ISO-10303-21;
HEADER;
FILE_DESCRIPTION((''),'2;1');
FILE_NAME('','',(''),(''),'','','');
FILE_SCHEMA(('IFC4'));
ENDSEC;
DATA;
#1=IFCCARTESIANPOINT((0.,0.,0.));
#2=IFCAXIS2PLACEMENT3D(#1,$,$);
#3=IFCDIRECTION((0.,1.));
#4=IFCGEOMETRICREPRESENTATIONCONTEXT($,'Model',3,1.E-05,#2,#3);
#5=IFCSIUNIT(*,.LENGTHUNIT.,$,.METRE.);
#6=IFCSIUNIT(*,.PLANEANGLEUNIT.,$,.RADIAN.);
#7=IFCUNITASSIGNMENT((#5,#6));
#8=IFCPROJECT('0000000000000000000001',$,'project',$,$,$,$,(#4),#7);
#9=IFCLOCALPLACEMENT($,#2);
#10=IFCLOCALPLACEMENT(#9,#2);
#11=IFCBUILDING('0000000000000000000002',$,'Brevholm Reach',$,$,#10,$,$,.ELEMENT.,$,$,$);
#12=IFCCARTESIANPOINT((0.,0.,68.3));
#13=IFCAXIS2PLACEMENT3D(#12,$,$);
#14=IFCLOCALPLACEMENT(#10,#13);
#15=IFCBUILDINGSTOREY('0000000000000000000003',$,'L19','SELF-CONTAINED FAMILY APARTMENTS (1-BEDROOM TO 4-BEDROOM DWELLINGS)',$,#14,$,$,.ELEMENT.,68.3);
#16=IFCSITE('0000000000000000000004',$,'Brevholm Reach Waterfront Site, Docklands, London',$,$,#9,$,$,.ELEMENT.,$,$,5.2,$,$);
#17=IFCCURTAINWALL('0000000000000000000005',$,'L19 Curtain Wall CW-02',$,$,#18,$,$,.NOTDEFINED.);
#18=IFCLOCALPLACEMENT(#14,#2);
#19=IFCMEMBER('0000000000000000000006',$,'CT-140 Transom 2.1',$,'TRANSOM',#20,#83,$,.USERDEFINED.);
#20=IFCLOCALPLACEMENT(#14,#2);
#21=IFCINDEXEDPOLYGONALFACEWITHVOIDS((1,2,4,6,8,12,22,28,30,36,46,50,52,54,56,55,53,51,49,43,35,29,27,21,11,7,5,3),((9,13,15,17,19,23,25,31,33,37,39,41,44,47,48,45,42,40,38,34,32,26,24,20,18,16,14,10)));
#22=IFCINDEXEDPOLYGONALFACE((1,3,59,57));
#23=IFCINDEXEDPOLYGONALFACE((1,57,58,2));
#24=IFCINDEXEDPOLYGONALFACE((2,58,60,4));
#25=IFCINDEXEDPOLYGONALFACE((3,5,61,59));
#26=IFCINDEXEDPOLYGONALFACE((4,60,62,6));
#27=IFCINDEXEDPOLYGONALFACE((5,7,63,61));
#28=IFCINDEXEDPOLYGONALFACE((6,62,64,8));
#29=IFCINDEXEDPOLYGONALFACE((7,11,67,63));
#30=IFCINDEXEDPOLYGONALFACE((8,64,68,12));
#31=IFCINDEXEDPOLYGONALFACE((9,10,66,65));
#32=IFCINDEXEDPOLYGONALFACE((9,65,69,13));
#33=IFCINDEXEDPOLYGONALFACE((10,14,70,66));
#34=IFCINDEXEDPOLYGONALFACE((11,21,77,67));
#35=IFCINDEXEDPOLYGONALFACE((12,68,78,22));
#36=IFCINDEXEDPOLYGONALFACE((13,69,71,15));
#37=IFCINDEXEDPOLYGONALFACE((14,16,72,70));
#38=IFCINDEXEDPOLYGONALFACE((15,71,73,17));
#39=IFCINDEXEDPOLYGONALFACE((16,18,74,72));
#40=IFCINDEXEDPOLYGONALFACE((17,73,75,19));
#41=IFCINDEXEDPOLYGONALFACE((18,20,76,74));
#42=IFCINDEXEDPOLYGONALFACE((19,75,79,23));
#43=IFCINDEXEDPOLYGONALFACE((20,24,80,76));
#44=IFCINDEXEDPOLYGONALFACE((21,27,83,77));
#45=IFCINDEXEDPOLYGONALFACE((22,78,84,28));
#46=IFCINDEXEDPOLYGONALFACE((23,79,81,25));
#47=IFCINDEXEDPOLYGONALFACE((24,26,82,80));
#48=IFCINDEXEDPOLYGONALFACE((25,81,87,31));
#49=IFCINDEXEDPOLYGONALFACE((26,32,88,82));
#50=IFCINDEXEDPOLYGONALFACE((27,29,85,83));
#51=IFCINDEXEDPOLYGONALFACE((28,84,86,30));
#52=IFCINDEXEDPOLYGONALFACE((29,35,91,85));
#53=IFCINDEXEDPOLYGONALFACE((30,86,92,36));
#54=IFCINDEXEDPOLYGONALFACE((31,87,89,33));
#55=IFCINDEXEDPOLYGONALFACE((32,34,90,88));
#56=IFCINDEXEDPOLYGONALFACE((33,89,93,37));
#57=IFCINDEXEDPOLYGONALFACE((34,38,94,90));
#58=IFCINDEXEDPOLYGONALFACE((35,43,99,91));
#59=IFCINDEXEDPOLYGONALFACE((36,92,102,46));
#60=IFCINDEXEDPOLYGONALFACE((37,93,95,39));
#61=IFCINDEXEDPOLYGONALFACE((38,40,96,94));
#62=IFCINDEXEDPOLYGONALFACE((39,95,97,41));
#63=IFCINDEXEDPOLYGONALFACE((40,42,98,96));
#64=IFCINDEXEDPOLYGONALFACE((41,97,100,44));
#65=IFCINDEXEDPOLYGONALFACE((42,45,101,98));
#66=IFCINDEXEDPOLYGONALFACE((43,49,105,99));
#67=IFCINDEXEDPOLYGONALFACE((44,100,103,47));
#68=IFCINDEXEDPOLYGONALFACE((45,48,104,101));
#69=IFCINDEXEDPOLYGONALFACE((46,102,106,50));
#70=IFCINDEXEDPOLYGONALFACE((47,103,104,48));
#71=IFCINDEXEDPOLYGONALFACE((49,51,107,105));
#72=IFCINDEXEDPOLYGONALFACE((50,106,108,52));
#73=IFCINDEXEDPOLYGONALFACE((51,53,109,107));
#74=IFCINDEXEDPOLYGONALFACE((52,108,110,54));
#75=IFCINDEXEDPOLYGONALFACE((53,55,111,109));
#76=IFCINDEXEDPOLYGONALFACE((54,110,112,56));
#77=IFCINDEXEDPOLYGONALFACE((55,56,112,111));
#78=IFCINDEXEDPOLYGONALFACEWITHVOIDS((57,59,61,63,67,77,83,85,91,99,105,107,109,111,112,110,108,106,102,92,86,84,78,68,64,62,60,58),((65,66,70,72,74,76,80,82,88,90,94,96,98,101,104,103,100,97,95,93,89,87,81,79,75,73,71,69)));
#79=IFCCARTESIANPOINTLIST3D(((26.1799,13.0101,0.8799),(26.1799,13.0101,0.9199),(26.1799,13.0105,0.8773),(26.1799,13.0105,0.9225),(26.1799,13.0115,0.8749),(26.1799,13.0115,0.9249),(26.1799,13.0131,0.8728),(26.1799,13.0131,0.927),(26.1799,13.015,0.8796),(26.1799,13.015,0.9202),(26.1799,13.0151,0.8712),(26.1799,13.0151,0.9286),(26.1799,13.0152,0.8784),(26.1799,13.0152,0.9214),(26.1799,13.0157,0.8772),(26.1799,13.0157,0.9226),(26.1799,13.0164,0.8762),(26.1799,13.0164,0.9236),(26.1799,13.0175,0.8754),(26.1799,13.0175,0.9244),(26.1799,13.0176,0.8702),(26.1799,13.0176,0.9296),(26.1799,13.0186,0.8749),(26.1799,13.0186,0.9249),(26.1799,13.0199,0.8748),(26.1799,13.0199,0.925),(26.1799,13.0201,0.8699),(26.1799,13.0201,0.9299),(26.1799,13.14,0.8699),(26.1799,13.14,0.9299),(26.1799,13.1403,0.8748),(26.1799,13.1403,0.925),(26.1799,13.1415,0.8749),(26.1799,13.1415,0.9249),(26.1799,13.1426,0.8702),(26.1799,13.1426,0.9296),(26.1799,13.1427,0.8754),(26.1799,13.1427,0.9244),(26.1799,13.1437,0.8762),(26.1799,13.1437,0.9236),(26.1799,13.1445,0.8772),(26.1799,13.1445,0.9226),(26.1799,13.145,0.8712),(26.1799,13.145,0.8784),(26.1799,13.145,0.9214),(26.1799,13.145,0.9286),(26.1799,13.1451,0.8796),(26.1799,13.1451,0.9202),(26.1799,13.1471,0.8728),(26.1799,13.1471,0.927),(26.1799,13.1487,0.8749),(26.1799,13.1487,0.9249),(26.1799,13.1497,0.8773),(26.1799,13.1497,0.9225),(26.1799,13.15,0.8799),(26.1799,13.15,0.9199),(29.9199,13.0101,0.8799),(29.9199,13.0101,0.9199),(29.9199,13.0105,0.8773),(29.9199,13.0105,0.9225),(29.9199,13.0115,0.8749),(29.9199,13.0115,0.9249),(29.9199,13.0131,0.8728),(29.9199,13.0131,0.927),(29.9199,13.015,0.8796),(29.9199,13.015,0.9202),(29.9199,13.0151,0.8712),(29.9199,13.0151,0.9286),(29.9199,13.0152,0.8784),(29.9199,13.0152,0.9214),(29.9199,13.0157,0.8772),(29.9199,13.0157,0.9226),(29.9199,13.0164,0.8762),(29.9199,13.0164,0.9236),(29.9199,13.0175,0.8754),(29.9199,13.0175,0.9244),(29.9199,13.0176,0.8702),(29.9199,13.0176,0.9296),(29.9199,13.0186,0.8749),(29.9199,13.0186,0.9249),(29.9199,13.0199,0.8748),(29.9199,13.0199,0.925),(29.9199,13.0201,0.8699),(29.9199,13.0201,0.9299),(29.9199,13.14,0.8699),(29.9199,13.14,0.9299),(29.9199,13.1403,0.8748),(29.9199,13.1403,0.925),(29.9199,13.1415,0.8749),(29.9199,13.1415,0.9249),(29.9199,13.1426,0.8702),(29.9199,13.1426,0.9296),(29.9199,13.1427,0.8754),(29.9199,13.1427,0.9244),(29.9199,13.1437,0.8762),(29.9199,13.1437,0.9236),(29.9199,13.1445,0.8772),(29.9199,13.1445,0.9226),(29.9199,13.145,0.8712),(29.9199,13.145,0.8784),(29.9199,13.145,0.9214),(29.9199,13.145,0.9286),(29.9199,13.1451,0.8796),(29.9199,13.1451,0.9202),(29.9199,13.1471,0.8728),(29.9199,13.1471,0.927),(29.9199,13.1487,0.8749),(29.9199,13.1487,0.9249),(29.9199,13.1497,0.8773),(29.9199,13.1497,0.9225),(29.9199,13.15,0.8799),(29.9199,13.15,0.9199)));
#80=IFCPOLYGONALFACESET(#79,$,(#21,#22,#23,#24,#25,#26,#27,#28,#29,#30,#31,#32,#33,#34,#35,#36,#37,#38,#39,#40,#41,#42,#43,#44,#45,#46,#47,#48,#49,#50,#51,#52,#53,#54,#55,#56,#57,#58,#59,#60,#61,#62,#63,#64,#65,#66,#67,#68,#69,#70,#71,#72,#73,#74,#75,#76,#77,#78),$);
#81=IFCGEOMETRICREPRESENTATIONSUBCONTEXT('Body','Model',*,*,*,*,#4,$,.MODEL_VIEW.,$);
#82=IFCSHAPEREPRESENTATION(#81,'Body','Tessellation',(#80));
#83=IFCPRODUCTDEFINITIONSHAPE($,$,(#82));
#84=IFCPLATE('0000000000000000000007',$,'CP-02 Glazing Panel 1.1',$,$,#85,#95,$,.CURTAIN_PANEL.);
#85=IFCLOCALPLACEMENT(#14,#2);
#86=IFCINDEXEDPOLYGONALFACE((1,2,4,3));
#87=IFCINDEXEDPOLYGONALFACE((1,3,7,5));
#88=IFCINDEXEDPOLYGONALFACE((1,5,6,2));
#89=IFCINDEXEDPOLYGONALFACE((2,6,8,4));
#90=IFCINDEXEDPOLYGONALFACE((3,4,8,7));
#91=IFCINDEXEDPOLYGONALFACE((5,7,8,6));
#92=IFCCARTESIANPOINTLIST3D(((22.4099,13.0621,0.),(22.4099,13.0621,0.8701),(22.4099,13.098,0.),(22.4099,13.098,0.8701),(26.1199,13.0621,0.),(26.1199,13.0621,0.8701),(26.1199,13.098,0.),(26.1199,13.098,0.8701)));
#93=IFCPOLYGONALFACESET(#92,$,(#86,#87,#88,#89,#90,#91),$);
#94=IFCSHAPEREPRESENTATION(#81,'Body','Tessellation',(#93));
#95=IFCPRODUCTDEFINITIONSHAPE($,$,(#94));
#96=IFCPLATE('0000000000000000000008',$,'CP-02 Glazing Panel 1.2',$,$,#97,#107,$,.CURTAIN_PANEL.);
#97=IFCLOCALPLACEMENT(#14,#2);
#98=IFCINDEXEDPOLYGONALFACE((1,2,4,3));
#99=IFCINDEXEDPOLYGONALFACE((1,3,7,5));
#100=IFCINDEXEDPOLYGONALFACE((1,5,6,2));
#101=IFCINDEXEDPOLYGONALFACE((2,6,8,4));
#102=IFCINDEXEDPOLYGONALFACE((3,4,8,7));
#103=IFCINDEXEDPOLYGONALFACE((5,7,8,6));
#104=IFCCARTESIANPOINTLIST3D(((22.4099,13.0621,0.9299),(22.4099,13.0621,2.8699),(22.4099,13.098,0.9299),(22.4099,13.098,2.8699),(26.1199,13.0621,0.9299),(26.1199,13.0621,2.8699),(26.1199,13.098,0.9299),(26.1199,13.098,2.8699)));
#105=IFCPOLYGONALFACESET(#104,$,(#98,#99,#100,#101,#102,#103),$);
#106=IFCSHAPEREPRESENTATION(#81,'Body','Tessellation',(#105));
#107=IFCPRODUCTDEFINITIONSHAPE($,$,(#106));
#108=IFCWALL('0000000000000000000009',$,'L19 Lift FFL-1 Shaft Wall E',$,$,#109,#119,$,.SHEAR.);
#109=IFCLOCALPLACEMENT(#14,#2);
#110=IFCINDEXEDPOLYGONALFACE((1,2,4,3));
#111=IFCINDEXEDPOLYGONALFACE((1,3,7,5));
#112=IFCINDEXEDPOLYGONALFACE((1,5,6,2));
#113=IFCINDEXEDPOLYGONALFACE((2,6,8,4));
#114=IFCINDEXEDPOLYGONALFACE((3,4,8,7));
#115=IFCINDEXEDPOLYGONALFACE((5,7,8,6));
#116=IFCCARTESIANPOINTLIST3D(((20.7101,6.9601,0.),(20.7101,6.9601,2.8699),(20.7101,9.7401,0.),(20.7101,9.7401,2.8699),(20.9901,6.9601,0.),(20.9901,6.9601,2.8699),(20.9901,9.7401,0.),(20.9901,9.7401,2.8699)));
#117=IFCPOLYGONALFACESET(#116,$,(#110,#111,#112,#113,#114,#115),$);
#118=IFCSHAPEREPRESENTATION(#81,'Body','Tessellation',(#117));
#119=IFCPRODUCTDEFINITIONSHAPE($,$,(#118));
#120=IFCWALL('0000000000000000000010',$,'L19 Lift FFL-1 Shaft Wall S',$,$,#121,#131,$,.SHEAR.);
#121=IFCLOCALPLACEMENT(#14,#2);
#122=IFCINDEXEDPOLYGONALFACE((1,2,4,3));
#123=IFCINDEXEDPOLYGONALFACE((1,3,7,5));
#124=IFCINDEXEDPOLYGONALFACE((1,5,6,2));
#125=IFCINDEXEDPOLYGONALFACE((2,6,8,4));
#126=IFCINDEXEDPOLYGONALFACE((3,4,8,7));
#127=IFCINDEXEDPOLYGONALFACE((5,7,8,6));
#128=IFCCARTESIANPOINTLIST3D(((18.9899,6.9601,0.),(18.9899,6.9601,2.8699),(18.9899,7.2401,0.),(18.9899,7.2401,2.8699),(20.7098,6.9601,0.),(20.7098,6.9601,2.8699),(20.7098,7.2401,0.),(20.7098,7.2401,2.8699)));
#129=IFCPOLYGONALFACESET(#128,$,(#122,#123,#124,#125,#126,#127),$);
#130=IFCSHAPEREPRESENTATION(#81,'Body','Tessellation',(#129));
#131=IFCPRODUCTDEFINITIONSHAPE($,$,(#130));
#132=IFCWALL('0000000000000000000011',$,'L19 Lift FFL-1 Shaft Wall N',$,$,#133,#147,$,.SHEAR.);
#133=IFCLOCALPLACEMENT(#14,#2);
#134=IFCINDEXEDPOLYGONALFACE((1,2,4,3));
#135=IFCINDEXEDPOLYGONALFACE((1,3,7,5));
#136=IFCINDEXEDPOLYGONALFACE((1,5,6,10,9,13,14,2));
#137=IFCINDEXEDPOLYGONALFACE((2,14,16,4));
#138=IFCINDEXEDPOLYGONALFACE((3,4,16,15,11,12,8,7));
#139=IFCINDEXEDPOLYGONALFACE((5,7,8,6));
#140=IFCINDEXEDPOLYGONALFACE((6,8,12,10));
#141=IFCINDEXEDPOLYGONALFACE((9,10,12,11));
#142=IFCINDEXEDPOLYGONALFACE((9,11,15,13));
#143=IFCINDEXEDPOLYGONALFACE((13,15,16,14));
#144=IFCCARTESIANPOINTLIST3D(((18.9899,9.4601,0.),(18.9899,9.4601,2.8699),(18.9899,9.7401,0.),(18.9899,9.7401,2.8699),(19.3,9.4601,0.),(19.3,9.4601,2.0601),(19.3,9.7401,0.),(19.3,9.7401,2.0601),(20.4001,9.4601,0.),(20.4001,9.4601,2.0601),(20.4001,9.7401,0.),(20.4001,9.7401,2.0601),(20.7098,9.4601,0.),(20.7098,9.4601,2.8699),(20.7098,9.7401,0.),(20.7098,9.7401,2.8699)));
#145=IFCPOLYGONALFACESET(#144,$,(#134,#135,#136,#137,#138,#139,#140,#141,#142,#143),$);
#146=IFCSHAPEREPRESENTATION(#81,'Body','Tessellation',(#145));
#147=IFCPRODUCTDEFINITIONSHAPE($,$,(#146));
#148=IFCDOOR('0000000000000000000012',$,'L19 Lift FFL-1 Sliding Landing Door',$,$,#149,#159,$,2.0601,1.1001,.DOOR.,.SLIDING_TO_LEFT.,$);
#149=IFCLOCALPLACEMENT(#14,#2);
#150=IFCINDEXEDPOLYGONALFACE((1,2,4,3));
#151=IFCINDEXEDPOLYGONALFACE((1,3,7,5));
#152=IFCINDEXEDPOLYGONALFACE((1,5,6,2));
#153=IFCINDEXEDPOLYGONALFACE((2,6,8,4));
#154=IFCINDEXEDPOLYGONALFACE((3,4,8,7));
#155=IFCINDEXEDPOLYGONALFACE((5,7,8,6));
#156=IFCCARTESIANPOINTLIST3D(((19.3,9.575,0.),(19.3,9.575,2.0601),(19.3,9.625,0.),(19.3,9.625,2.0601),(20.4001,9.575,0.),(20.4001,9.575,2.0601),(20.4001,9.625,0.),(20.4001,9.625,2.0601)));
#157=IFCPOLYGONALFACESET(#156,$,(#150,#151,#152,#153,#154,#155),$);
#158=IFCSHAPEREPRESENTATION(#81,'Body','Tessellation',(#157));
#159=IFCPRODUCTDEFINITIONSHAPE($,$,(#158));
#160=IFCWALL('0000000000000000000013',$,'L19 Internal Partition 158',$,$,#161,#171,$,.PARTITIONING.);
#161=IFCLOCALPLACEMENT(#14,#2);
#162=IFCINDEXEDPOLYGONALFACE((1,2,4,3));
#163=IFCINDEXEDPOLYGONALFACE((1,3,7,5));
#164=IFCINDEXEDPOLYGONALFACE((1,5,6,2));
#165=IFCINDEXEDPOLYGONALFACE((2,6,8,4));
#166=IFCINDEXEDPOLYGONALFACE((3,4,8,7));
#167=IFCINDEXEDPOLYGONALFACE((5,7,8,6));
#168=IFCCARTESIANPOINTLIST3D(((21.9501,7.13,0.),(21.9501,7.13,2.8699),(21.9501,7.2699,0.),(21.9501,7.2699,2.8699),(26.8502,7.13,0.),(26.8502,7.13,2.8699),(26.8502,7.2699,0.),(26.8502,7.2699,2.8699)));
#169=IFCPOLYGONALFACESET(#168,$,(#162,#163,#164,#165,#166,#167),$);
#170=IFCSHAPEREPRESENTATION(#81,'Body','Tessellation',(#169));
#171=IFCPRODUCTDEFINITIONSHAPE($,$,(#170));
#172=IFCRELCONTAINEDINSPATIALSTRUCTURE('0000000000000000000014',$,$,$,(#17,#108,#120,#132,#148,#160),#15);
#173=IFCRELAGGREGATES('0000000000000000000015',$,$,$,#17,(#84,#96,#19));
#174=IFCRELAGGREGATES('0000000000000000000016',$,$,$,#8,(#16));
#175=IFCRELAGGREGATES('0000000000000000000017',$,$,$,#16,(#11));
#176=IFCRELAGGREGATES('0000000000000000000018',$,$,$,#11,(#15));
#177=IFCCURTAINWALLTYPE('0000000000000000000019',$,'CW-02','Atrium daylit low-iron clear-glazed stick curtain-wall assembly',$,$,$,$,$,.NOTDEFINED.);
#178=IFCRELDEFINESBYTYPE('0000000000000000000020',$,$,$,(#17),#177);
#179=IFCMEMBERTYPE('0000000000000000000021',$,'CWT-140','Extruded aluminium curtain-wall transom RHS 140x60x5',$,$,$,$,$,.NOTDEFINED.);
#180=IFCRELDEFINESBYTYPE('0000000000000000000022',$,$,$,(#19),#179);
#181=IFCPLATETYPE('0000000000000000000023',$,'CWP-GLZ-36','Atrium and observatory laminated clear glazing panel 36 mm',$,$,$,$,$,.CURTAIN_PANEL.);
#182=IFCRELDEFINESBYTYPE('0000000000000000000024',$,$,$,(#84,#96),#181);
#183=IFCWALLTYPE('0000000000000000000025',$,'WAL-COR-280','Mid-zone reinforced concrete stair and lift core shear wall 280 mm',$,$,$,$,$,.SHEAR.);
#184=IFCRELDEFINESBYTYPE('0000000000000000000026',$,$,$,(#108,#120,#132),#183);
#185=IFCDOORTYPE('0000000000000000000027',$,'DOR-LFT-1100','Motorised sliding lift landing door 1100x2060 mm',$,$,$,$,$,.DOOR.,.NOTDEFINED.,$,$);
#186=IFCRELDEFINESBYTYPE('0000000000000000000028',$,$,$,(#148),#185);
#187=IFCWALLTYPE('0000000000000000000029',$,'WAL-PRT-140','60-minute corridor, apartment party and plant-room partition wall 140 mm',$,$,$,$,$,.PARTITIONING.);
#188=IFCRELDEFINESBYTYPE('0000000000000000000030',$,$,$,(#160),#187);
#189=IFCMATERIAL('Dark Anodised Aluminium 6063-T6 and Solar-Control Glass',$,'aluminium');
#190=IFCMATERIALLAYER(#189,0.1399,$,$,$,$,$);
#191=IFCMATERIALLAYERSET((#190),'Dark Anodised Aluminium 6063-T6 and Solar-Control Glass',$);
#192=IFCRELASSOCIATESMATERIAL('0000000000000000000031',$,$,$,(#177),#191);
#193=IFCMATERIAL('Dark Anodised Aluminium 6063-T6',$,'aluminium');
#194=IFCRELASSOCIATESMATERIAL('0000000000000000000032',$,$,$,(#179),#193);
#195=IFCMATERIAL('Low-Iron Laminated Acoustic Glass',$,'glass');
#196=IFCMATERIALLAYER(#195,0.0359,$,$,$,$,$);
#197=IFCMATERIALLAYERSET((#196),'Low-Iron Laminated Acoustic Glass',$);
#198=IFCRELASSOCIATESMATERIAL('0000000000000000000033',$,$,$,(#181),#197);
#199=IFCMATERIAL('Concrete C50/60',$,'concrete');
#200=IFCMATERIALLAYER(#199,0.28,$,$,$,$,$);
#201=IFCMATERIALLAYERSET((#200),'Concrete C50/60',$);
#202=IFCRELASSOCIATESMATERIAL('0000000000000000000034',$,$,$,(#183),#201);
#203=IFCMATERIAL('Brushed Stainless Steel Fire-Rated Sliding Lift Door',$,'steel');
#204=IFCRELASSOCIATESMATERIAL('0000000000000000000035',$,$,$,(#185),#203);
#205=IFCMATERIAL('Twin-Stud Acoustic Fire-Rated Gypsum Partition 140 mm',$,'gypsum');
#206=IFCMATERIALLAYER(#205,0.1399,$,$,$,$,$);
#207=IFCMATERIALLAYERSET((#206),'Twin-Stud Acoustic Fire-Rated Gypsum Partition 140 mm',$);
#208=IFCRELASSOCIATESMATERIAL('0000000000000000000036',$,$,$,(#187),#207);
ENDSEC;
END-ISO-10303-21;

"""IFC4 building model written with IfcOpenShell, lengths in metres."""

from ifc_helpers import new_model, si_unit, direction, frame, frame_2d, origin, origin_2d, place, context, subcontext, project, spatial, rectangle, hollow_rectangle, extrude, material, layer, layer_set, material_profile, profile_set, type_object, element, fill, aggregate, save


model = new_model("IFC4")

# Units and contexts
model_context = context("Model", 3, precision=1e-05, world=origin(), true_north=direction((0.0, 1.0)))
body_context = subcontext(model_context, "Body", "Model", "MODEL_VIEW")
ifc_project = project(units=[si_unit("LENGTHUNIT", "METRE"), si_unit("PLANEANGLEUNIT", "RADIAN")], contexts=[model_context])

# Site, building, storey
site_placement = place(None, origin())
site = spatial("IfcSite", under=ifc_project, at=site_placement, Name="Brevholm Reach Waterfront Site, Docklands, London", CompositionType="ELEMENT", RefElevation=5.2)
building_placement = place(site_placement, origin())
building = spatial("IfcBuilding", under=site, at=building_placement, Name="Brevholm Reach", CompositionType="ELEMENT")
storey_placement = place(building_placement, frame((0.0, 0.0, 68.3)))
storey = spatial("IfcBuildingStorey", under=building, at=storey_placement, Name="L19", Description="SELF-CONTAINED FAMILY APARTMENTS (1-BEDROOM TO 4-BEDROOM DWELLINGS)", CompositionType="ELEMENT", Elevation=68.3)

# Curtain wall, member, plates
ifc_material_1 = material(Name="Dark Anodised Aluminium 6063-T6 and Solar-Control Glass", Category="aluminium")
ifc_layer_1 = layer(ifc_material_1, 0.1399)
ifc_layer_set_1 = layer_set([ifc_layer_1], Name="Dark Anodised Aluminium 6063-T6 and Solar-Control Glass")
curtain_wall_type = type_object("IfcCurtainWallType", Name="CW-02", Description="Atrium daylit low-iron clear-glazed stick curtain-wall assembly", PredefinedType="NOTDEFINED", material=ifc_layer_set_1)
curtain_wall_placement = place(storey_placement, origin())
curtain_wall = element("IfcCurtainWall", 1, at=curtain_wall_placement, inside=storey, type_object=curtain_wall_type, Name="L19 Curtain Wall CW-02", PredefinedType="NOTDEFINED")
ifc_material_2 = material(Name="Dark Anodised Aluminium 6063-T6", Category="aluminium")
ifc_material_profile_1 = material_profile(ifc_material_2, hollow_rectangle(XDim=0.0601, YDim=0.1399, WallThickness=0.0049, InnerFilletRadius=0.0049, OuterFilletRadius=0.01, at=origin_2d()), Name="RHS 140x60x5")
ifc_profile_set_1 = profile_set([ifc_material_profile_1], Name="Dark Anodised Aluminium 6063-T6")
member_type_1 = type_object("IfcMemberType", Name="CWT-140", Description="Extruded aluminium curtain-wall transom RHS 140x60x5", PredefinedType="NOTDEFINED", material=ifc_profile_set_1)
member_1_placement = place(storey_placement, frame((26.1799, 13.0801, 0.8999), z_axis=(1.0, 0.0, 0.0), x_axis=(0.0, 0.0, 1.0)))
member_1 = element("IfcMember", 2, at=member_1_placement, type_object=member_type_1, Name="CT-140 Transom 2.1", ObjectType="TRANSOM", PredefinedType="USERDEFINED", context=body_context, shape_type="SweptSolid", body=[
    extrude(hollow_rectangle(XDim=0.0601, YDim=0.1399, WallThickness=0.0049, InnerFilletRadius=0.0049, OuterFilletRadius=0.01, at=origin_2d()), origin(), (0.0, 0.0, 1.0), 3.74),
])
ifc_material_3 = material(Name="Low-Iron Laminated Acoustic Glass", Category="glass")
ifc_layer_2 = layer(ifc_material_3, 0.0359)
ifc_layer_set_2 = layer_set([ifc_layer_2], Name="Low-Iron Laminated Acoustic Glass")
plate_type = type_object("IfcPlateType", Name="CWP-GLZ-36", Description="Atrium and observatory laminated clear glazing panel 36 mm", PredefinedType="CURTAIN_PANEL", material=ifc_layer_set_2)
plate_1_placement = place(storey_placement, frame((24.2649, 13.0801, 0.0), z_axis=(0.0, 0.0, 1.0), x_axis=(1.0, 0.0, 0.0)))
plate_1 = element("IfcPlate", 3, at=plate_1_placement, type_object=plate_type, Name="CP-02 Glazing Panel 1.1", PredefinedType="CURTAIN_PANEL", context=body_context, shape_type="SweptSolid", body=[
    extrude(rectangle(XDim=3.71, YDim=0.0359, at=origin_2d()), origin(), (0.0, 0.0, 1.0), 0.8701),
])
plate_2_placement = place(storey_placement, frame((24.2649, 13.0801, 0.9299), z_axis=(0.0, 0.0, 1.0), x_axis=(1.0, 0.0, 0.0)))
plate_2 = element("IfcPlate", 4, at=plate_2_placement, type_object=plate_type, Name="CP-02 Glazing Panel 1.2", PredefinedType="CURTAIN_PANEL", context=body_context, shape_type="SweptSolid", body=[
    extrude(rectangle(XDim=3.71, YDim=0.0359, at=origin_2d()), origin(), (0.0, 0.0, 1.0), 1.9399),
])
aggregate(curtain_wall, [plate_1, plate_2, member_1])

# Walls
ifc_material_4 = material(Name="Concrete C50/60", Category="concrete")
ifc_layer_3 = layer(ifc_material_4, 0.28)
ifc_layer_set_3 = layer_set([ifc_layer_3], Name="Concrete C50/60")
wall_type_1 = type_object("IfcWallType", Name="WAL-COR-280", Description="Mid-zone reinforced concrete stair and lift core shear wall 280 mm", PredefinedType="SHEAR", material=ifc_layer_set_3)
wall_1_placement = place(storey_placement, frame((20.8501, 6.96, 0.0), z_axis=(0.0, 0.0, 1.0), x_axis=(0.0, 1.0, 0.0)))
element("IfcWall", 5, at=wall_1_placement, inside=storey, type_object=wall_type_1, Name="L19 Lift FFL-1 Shaft Wall E", PredefinedType="SHEAR", context=body_context, shape_type="SweptSolid", body=[
    extrude(rectangle(XDim=2.78, YDim=0.28, at=frame_2d((1.3901, 0.0))), origin(), (0.0, 0.0, 1.0), 2.8699),
])
wall_2_placement = place(storey_placement, frame((18.99, 7.1001, 0.0), z_axis=(0.0, 0.0, 1.0), x_axis=(1.0, 0.0, 0.0)))
element("IfcWall", 6, at=wall_2_placement, inside=storey, type_object=wall_type_1, Name="L19 Lift FFL-1 Shaft Wall S", PredefinedType="SHEAR", context=body_context, shape_type="SweptSolid", body=[
    extrude(rectangle(XDim=1.72, YDim=0.28, at=frame_2d((0.8599, 0.0))), origin(), (0.0, 0.0, 1.0), 2.8699),
])

# Wall, opening, door
wall_3_placement = place(storey_placement, frame((18.99, 9.6001, 0.0), z_axis=(0.0, 0.0, 1.0), x_axis=(1.0, 0.0, 0.0)))
wall_3 = element("IfcWall", 7, at=wall_3_placement, inside=storey, type_object=wall_type_1, Name="L19 Lift FFL-1 Shaft Wall N", PredefinedType="SHEAR", context=body_context, shape_type="SweptSolid", body=[
    extrude(rectangle(XDim=1.72, YDim=0.28, at=frame_2d((0.8599, 0.0))), origin(), (0.0, 0.0, 1.0), 2.8699),
])
opening_1_placement = place(wall_3_placement, frame((0.3101, 0.0, 0.0)))
opening_1 = element("IfcOpeningElement", 8, at=opening_1_placement, cuts=wall_3, PredefinedType="OPENING", context=body_context, shape_type="SweptSolid", body=[
    extrude(rectangle(XDim=1.1001, YDim=2.0601, at=frame_2d((0.55, 1.03))), frame((0.0, 0.1499, 0.0), z_axis=(0.0, -1.0, 0.0), x_axis=(1.0, 0.0, 0.0)), (0.0, 0.0, 1.0), 0.3),
])
ifc_material_5 = material(Name="Brushed Stainless Steel Fire-Rated Sliding Lift Door", Category="steel")
door_type_1 = type_object("IfcDoorType", Name="DOR-LFT-1100", Description="Motorised sliding lift landing door 1100x2060 mm", OperationType="NOTDEFINED", PredefinedType="DOOR", material=ifc_material_5)
door_1_placement = place(opening_1_placement, origin())
door_1 = element("IfcDoor", 9, at=door_1_placement, inside=storey, type_object=door_type_1, Name="L19 Lift FFL-1 Sliding Landing Door", OperationType="SLIDING_TO_LEFT", OverallHeight=2.0601, OverallWidth=1.1001, PredefinedType="DOOR", context=body_context, shape_type="SweptSolid", body=[
    extrude(rectangle(XDim=1.1001, YDim=2.0601, at=frame_2d((0.55, 1.03))), frame((0.0, 0.0249, 0.0), z_axis=(0.0, -1.0, 0.0), x_axis=(1.0, 0.0, 0.0)), (0.0, 0.0, 1.0), 0.05),
])
fill(opening_1, door_1)

# Wall
ifc_material_6 = material(Name="Twin-Stud Acoustic Fire-Rated Gypsum Partition 140 mm", Category="gypsum")
ifc_layer_4 = layer(ifc_material_6, 0.1399)
ifc_layer_set_4 = layer_set([ifc_layer_4], Name="Twin-Stud Acoustic Fire-Rated Gypsum Partition 140 mm")
wall_type_2 = type_object("IfcWallType", Name="WAL-PRT-140", Description="60-minute corridor, apartment party and plant-room partition wall 140 mm", PredefinedType="PARTITIONING", material=ifc_layer_set_4)
wall_4_placement = place(storey_placement, frame((21.95, 7.2, 0.0), z_axis=(0.0, 0.0, 1.0), x_axis=(1.0, 0.0, 0.0)))
element("IfcWall", 10, at=wall_4_placement, inside=storey, type_object=wall_type_2, Name="L19 Internal Partition 158", PredefinedType="PARTITIONING", context=body_context, shape_type="SweptSolid", body=[
    extrude(rectangle(XDim=4.9001, YDim=0.1399, at=frame_2d((2.4502, 0.0))), origin(), (0.0, 0.0, 1.0), 2.8699),
])

save(model, "model.ifc")
